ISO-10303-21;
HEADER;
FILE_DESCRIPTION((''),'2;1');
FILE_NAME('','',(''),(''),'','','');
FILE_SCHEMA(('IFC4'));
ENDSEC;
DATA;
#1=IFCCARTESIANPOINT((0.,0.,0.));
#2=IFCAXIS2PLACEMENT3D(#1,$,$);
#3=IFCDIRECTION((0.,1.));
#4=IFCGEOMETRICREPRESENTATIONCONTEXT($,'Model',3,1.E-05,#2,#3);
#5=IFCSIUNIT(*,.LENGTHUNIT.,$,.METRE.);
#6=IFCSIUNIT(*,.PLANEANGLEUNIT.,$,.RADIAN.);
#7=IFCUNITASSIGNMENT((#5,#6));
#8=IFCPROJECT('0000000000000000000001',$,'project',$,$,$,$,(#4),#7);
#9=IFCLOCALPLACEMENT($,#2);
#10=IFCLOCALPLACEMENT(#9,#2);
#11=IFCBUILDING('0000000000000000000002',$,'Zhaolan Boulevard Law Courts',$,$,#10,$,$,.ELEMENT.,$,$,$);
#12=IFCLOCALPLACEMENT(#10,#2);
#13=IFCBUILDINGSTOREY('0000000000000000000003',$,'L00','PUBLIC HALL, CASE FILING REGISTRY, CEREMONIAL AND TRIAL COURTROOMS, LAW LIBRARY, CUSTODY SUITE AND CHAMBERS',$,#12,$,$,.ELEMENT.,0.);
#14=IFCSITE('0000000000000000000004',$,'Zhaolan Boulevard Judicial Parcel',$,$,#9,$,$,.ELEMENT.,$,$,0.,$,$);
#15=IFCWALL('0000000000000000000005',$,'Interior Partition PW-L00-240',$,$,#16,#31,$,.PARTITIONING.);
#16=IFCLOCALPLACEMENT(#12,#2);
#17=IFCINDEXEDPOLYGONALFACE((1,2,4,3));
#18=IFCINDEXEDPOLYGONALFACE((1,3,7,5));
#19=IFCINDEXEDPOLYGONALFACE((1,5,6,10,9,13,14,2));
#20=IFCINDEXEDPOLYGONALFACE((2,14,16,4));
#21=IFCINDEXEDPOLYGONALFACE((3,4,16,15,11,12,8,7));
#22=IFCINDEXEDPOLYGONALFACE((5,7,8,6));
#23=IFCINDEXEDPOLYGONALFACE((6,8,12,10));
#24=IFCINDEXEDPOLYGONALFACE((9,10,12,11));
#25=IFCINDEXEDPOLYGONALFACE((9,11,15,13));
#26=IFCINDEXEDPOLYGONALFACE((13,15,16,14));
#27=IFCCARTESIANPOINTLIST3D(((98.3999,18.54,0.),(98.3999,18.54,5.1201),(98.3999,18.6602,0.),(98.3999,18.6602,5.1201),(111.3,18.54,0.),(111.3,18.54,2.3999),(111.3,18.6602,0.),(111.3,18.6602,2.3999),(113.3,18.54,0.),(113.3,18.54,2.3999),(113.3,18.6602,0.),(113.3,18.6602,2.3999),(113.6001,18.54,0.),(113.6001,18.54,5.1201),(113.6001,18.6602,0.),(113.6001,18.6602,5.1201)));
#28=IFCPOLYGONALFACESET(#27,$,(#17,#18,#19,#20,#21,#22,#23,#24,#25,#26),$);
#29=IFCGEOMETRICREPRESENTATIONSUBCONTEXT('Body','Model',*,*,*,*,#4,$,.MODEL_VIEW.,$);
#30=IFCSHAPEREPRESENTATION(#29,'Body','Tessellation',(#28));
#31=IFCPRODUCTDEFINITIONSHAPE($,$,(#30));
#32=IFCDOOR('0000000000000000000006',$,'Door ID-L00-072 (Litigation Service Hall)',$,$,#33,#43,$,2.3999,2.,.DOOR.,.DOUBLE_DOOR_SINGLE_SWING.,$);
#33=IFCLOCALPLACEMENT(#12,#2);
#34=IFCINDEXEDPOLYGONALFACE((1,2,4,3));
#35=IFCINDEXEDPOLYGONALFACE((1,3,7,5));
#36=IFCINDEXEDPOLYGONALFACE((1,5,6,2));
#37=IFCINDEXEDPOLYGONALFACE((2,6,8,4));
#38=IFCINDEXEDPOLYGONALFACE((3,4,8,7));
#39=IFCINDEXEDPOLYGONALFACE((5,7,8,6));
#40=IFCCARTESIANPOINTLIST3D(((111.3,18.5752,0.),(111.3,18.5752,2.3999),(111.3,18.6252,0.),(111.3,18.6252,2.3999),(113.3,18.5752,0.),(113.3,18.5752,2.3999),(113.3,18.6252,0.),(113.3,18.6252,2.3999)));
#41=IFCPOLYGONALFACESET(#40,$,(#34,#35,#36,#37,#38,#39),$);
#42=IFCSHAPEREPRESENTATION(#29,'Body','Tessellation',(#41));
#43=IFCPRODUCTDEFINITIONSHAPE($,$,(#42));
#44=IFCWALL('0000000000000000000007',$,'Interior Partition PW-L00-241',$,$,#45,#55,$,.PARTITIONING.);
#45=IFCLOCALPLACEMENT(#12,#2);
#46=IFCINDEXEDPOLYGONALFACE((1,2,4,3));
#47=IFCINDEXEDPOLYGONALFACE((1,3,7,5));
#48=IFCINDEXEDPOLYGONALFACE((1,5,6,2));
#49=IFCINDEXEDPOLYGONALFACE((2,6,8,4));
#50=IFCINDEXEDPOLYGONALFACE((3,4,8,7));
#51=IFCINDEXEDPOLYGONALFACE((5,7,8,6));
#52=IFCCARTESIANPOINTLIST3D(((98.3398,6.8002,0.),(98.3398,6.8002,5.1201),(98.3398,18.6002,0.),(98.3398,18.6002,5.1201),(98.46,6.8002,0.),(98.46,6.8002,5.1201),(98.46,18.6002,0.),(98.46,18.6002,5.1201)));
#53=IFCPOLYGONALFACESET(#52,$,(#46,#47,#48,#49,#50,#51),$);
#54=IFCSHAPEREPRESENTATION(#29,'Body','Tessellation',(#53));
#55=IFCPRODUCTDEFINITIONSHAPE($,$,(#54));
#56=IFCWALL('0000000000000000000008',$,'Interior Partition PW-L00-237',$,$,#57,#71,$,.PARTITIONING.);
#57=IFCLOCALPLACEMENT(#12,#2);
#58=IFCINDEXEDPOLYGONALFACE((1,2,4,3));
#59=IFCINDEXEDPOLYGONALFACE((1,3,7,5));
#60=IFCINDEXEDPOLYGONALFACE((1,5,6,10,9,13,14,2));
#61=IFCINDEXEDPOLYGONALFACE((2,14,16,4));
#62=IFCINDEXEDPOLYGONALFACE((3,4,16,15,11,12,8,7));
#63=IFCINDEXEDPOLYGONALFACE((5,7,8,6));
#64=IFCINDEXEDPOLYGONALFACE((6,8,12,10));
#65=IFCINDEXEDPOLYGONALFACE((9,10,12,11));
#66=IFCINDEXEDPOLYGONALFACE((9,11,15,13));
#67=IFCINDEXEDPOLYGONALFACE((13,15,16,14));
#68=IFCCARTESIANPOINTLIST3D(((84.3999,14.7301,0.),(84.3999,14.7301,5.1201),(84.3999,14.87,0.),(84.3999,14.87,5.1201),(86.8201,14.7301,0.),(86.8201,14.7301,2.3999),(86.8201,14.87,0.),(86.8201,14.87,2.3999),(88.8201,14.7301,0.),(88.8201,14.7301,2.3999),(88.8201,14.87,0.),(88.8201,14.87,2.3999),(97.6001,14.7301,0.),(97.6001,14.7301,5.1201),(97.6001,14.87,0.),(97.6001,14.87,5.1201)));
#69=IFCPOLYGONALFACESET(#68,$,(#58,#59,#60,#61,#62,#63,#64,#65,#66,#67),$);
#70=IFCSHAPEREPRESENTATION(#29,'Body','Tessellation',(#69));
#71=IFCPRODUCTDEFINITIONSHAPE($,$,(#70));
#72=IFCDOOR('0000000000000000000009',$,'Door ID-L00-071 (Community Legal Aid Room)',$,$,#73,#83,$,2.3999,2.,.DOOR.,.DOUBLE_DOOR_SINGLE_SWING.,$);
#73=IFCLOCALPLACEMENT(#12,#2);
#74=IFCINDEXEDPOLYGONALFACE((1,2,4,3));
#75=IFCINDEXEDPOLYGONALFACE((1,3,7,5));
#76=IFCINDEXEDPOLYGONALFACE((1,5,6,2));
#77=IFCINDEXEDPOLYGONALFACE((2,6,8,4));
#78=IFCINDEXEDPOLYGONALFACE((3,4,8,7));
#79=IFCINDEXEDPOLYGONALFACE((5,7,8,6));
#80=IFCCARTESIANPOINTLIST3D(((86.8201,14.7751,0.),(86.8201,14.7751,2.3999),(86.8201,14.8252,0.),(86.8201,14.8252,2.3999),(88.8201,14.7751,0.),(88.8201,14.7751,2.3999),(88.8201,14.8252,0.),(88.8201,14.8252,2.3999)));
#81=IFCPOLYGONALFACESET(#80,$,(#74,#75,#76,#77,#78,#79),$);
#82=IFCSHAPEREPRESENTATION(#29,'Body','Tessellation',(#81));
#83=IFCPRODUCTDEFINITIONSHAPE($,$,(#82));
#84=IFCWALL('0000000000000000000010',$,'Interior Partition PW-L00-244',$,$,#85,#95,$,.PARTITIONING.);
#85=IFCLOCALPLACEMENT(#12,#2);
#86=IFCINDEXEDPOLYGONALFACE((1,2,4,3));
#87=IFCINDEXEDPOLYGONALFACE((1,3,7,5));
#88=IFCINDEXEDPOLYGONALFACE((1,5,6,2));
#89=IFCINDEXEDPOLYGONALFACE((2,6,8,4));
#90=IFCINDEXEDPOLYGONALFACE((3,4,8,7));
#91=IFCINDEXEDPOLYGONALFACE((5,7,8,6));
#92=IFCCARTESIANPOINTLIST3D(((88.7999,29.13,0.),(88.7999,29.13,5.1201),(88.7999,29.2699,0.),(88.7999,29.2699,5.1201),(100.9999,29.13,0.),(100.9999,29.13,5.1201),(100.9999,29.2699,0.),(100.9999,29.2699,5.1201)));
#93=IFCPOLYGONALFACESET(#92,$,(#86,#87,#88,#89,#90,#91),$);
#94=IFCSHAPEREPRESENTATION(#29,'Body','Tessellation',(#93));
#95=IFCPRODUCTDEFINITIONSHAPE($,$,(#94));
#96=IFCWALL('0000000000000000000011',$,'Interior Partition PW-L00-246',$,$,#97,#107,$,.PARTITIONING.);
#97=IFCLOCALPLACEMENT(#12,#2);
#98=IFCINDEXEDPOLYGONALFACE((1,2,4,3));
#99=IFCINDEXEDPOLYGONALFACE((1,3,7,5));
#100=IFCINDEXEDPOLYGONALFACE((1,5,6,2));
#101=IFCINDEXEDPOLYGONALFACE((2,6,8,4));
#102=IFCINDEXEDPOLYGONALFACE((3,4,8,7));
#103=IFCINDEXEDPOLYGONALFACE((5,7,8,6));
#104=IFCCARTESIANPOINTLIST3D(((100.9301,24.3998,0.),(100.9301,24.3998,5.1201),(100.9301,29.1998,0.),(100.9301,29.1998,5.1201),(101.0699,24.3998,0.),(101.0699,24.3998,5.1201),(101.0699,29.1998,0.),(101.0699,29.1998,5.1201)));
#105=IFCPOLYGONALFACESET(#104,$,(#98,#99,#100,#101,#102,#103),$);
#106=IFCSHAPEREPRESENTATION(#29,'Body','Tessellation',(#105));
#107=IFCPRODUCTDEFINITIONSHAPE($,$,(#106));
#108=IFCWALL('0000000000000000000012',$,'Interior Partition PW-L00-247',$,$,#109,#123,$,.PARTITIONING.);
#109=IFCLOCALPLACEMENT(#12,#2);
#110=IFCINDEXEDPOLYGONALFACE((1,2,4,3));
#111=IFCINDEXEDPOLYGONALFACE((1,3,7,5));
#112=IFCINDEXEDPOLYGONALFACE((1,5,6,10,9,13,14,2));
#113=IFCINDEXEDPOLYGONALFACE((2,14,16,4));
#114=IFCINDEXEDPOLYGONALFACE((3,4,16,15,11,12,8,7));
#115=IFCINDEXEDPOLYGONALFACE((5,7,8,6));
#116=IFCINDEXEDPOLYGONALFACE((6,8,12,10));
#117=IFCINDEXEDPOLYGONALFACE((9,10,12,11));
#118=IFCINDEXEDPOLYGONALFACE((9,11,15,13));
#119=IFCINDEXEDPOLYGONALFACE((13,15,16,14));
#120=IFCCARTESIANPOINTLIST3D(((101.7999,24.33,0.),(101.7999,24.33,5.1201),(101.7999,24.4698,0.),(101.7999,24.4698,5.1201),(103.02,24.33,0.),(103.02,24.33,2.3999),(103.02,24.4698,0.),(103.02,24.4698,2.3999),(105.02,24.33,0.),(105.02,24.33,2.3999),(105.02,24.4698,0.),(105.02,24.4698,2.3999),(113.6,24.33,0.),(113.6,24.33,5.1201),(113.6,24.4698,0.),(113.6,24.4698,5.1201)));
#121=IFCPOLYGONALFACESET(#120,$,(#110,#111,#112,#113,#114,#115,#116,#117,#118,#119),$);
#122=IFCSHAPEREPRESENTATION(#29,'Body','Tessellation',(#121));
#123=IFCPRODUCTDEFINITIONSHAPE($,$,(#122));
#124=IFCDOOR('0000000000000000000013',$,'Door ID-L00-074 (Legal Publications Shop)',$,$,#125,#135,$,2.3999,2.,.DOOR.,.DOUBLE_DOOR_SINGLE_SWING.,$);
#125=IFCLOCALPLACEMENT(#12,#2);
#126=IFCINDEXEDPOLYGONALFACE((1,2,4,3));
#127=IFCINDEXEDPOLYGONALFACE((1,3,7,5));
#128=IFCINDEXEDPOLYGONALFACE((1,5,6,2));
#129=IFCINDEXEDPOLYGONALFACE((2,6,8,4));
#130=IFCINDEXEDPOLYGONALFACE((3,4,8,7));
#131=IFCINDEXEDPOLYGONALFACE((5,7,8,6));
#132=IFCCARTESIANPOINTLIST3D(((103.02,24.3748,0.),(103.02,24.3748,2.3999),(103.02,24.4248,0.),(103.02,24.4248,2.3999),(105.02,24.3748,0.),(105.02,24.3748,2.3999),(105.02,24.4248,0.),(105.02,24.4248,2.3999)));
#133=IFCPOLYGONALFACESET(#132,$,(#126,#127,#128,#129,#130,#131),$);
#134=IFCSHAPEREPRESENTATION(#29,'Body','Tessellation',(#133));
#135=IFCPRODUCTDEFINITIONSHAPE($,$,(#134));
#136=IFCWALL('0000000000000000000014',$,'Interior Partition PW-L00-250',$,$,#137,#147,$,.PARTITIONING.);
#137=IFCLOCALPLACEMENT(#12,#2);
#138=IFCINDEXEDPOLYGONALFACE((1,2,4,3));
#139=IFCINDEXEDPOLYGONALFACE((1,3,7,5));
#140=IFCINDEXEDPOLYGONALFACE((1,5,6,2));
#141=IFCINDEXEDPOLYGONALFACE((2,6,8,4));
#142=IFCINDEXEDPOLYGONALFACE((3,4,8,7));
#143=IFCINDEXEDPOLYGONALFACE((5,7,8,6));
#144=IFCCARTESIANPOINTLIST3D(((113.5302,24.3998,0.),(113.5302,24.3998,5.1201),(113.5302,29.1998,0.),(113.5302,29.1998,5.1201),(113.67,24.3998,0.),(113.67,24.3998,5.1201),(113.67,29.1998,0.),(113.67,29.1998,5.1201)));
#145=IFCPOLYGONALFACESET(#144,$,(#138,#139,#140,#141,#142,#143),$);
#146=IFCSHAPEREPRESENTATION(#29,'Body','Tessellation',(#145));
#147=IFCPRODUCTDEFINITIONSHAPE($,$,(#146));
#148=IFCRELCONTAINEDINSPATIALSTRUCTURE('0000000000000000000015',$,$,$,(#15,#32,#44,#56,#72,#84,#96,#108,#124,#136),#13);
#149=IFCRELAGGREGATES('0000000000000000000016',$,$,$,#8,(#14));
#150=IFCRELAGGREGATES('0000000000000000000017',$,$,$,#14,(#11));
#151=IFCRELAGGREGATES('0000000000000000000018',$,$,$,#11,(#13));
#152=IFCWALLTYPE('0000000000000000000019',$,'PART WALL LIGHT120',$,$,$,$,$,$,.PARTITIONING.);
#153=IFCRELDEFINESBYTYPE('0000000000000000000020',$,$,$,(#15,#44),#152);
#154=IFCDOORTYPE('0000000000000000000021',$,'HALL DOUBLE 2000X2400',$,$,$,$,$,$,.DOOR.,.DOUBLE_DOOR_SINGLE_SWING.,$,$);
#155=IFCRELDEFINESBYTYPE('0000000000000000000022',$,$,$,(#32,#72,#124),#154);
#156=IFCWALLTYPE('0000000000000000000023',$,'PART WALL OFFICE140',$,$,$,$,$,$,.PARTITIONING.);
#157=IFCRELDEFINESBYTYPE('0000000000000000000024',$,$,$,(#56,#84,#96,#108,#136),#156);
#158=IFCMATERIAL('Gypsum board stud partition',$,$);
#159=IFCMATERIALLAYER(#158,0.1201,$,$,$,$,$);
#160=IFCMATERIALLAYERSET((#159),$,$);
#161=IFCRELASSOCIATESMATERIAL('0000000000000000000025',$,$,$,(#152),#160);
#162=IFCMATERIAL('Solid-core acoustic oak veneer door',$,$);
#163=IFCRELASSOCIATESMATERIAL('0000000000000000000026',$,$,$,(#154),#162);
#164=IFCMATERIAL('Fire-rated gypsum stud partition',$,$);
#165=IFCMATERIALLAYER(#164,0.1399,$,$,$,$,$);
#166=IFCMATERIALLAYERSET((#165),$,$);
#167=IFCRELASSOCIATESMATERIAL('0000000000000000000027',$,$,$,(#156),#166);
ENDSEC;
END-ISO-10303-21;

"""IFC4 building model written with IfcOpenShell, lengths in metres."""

from ifc_helpers import new_model, si_unit, direction, frame, frame_2d, origin, place, context, subcontext, project, spatial, rectangle, extrude, material, layer, layer_set, type_object, element, fill, save


model = new_model("IFC4")

# Units and contexts
model_context = context("Model", 3, precision=1e-05, world=origin(), true_north=direction((0.0, 1.0)))
body_context = subcontext(model_context, "Body", "Model", "MODEL_VIEW")
ifc_project = project(units=[si_unit("LENGTHUNIT", "METRE"), si_unit("PLANEANGLEUNIT", "RADIAN")], contexts=[model_context])

# Site, building, storey
site_placement = place(None, origin())
site = spatial("IfcSite", under=ifc_project, at=site_placement, Name="Zhaolan Boulevard Judicial Parcel", CompositionType="ELEMENT", RefElevation=0.0)
building_placement = place(site_placement, origin())
building = spatial("IfcBuilding", under=site, at=building_placement, Name="Zhaolan Boulevard Law Courts", CompositionType="ELEMENT")
storey_placement = place(building_placement, origin())
storey = spatial("IfcBuildingStorey", under=building, at=storey_placement, Name="L00", Description="PUBLIC HALL, CASE FILING REGISTRY, CEREMONIAL AND TRIAL COURTROOMS, LAW LIBRARY, CUSTODY SUITE AND CHAMBERS", CompositionType="ELEMENT", Elevation=0.0)

# Wall, opening, door
ifc_material_1 = material(Name="Gypsum board stud partition")
ifc_layer_1 = layer(ifc_material_1, 0.1201)
ifc_layer_set_1 = layer_set([ifc_layer_1])
wall_type_1 = type_object("IfcWallType", Name="PART WALL LIGHT120", PredefinedType="PARTITIONING", material=ifc_layer_set_1)
wall_1_placement = place(storey_placement, frame((113.6001, 18.6001, 0.0), z_axis=(0.0, 0.0, 1.0), x_axis=(-1.0, 0.0, 0.0)))
wall_1 = element("IfcWall", 1, at=wall_1_placement, inside=storey, type_object=wall_type_1, Name="Interior Partition PW-L00-240", PredefinedType="PARTITIONING", context=body_context, shape_type="SweptSolid", body=[
    extrude(rectangle(XDim=15.2002, YDim=0.1201, at=frame_2d((7.6001, 0.0))), origin(), (0.0, 0.0, 1.0), 5.1201),
])
opening_1_placement = place(wall_1_placement, frame((0.3, 0.0, 0.0)))
opening_1 = element("IfcOpeningElement", 2, at=opening_1_placement, cuts=wall_1, PredefinedType="OPENING", context=body_context, shape_type="SweptSolid", body=[
    extrude(rectangle(XDim=2.0, YDim=2.3999, at=frame_2d((1.0, 1.2))), frame((0.0, 0.0701, 0.0), z_axis=(0.0, -1.0, 0.0), x_axis=(1.0, 0.0, 0.0)), (0.0, 0.0, 1.0), 0.1401),
])
ifc_material_2 = material(Name="Solid-core acoustic oak veneer door")
door_type_1 = type_object("IfcDoorType", Name="HALL DOUBLE 2000X2400", OperationType="DOUBLE_DOOR_SINGLE_SWING", PredefinedType="DOOR", material=ifc_material_2)
door_1_placement = place(opening_1_placement, origin())
door_1 = element("IfcDoor", 3, at=door_1_placement, inside=storey, type_object=door_type_1, Name="Door ID-L00-072 (Litigation Service Hall)", OperationType="DOUBLE_DOOR_SINGLE_SWING", OverallHeight=2.3999, OverallWidth=2.0, PredefinedType="DOOR", context=body_context, shape_type="SweptSolid", body=[
    extrude(rectangle(XDim=2.0, YDim=2.3999, at=frame_2d((1.0, 1.2))), frame((0.0, 0.0249, 0.0), z_axis=(0.0, -1.0, 0.0), x_axis=(1.0, 0.0, 0.0)), (0.0, 0.0, 1.0), 0.05),
])
fill(opening_1, door_1)

# Wall
wall_2_placement = place(storey_placement, frame((98.3999, 18.6001, 0.0), z_axis=(0.0, 0.0, 1.0), x_axis=(0.0, -1.0, 0.0)))
element("IfcWall", 4, at=wall_2_placement, inside=storey, type_object=wall_type_1, Name="Interior Partition PW-L00-241", PredefinedType="PARTITIONING", context=body_context, shape_type="SweptSolid", body=[
    extrude(rectangle(XDim=11.8, YDim=0.1201, at=frame_2d((5.8999, 0.0))), origin(), (0.0, 0.0, 1.0), 5.1201),
])

# Wall, opening, door
ifc_material_3 = material(Name="Fire-rated gypsum stud partition")
ifc_layer_2 = layer(ifc_material_3, 0.1399)
ifc_layer_set_2 = layer_set([ifc_layer_2])
wall_type_2 = type_object("IfcWallType", Name="PART WALL OFFICE140", PredefinedType="PARTITIONING", material=ifc_layer_set_2)
wall_3_placement = place(storey_placement, frame((97.6001, 14.8, 0.0), z_axis=(0.0, 0.0, 1.0), x_axis=(-1.0, 0.0, 0.0)))
wall_3 = element("IfcWall", 5, at=wall_3_placement, inside=storey, type_object=wall_type_2, Name="Interior Partition PW-L00-237", PredefinedType="PARTITIONING", context=body_context, shape_type="SweptSolid", body=[
    extrude(rectangle(XDim=13.2002, YDim=0.1399, at=frame_2d((6.6001, 0.0))), origin(), (0.0, 0.0, 1.0), 5.1201),
])
opening_2_placement = place(wall_3_placement, frame((8.78, 0.0, 0.0)))
opening_2 = element("IfcOpeningElement", 6, at=opening_2_placement, cuts=wall_3, PredefinedType="OPENING", context=body_context, shape_type="SweptSolid", body=[
    extrude(rectangle(XDim=2.0, YDim=2.3999, at=frame_2d((1.0, 1.2))), frame((0.0, 0.0798, 0.0), z_axis=(0.0, -1.0, 0.0), x_axis=(1.0, 0.0, 0.0)), (0.0, 0.0, 1.0), 0.1599),
])
door_2_placement = place(opening_2_placement, origin())
door_2 = element("IfcDoor", 7, at=door_2_placement, inside=storey, type_object=door_type_1, Name="Door ID-L00-071 (Community Legal Aid Room)", OperationType="DOUBLE_DOOR_SINGLE_SWING", OverallHeight=2.3999, OverallWidth=2.0, PredefinedType="DOOR", context=body_context, shape_type="SweptSolid", body=[
    extrude(rectangle(XDim=2.0, YDim=2.3999, at=frame_2d((1.0, 1.2))), frame((0.0, 0.0249, 0.0), z_axis=(0.0, -1.0, 0.0), x_axis=(1.0, 0.0, 0.0)), (0.0, 0.0, 1.0), 0.05),
])
fill(opening_2, door_2)

# Walls
wall_4_placement = place(storey_placement, frame((101.0, 29.2, 0.0), z_axis=(0.0, 0.0, 1.0), x_axis=(-1.0, 0.0, 0.0)))
element("IfcWall", 8, at=wall_4_placement, inside=storey, type_object=wall_type_2, Name="Interior Partition PW-L00-244", PredefinedType="PARTITIONING", context=body_context, shape_type="SweptSolid", body=[
    extrude(rectangle(XDim=12.2, YDim=0.1399, at=frame_2d((6.1001, 0.0))), origin(), (0.0, 0.0, 1.0), 5.1201),
])
wall_5_placement = place(storey_placement, frame((101.0, 24.3999, 0.0), z_axis=(0.0, 0.0, 1.0), x_axis=(0.0, 1.0, 0.0)))
element("IfcWall", 9, at=wall_5_placement, inside=storey, type_object=wall_type_2, Name="Interior Partition PW-L00-246", PredefinedType="PARTITIONING", context=body_context, shape_type="SweptSolid", body=[
    extrude(rectangle(XDim=4.8, YDim=0.1399, at=frame_2d((2.3999, 0.0))), origin(), (0.0, 0.0, 1.0), 5.1201),
])

# Wall, opening, door
wall_6_placement = place(storey_placement, frame((101.8, 24.3999, 0.0), z_axis=(0.0, 0.0, 1.0), x_axis=(1.0, 0.0, 0.0)))
wall_6 = element("IfcWall", 10, at=wall_6_placement, inside=storey, type_object=wall_type_2, Name="Interior Partition PW-L00-247", PredefinedType="PARTITIONING", context=body_context, shape_type="SweptSolid", body=[
    extrude(rectangle(XDim=11.8, YDim=0.1399, at=frame_2d((5.8999, 0.0))), origin(), (0.0, 0.0, 1.0), 5.1201),
])
opening_3_placement = place(wall_6_placement, frame((1.22, 0.0, 0.0)))
opening_3 = element("IfcOpeningElement", 11, at=opening_3_placement, cuts=wall_6, PredefinedType="OPENING", context=body_context, shape_type="SweptSolid", body=[
    extrude(rectangle(XDim=2.0, YDim=2.3999, at=frame_2d((1.0, 1.2))), frame((0.0, 0.0798, 0.0), z_axis=(0.0, -1.0, 0.0), x_axis=(1.0, 0.0, 0.0)), (0.0, 0.0, 1.0), 0.1599),
])
door_3_placement = place(opening_3_placement, origin())
door_3 = element("IfcDoor", 12, at=door_3_placement, inside=storey, type_object=door_type_1, Name="Door ID-L00-074 (Legal Publications Shop)", OperationType="DOUBLE_DOOR_SINGLE_SWING", OverallHeight=2.3999, OverallWidth=2.0, PredefinedType="DOOR", context=body_context, shape_type="SweptSolid", body=[
    extrude(rectangle(XDim=2.0, YDim=2.3999, at=frame_2d((1.0, 1.2))), frame((0.0, 0.0249, 0.0), z_axis=(0.0, -1.0, 0.0), x_axis=(1.0, 0.0, 0.0)), (0.0, 0.0, 1.0), 0.05),
])
fill(opening_3, door_3)

# Wall
wall_7_placement = place(storey_placement, frame((113.6001, 24.3999, 0.0), z_axis=(0.0, 0.0, 1.0), x_axis=(0.0, 1.0, 0.0)))
element("IfcWall", 13, at=wall_7_placement, inside=storey, type_object=wall_type_2, Name="Interior Partition PW-L00-250", PredefinedType="PARTITIONING", context=body_context, shape_type="SweptSolid", body=[
    extrude(rectangle(XDim=4.8, YDim=0.1399, at=frame_2d((2.3999, 0.0))), origin(), (0.0, 0.0, 1.0), 5.1201),
])

save(model, "model.ifc")
